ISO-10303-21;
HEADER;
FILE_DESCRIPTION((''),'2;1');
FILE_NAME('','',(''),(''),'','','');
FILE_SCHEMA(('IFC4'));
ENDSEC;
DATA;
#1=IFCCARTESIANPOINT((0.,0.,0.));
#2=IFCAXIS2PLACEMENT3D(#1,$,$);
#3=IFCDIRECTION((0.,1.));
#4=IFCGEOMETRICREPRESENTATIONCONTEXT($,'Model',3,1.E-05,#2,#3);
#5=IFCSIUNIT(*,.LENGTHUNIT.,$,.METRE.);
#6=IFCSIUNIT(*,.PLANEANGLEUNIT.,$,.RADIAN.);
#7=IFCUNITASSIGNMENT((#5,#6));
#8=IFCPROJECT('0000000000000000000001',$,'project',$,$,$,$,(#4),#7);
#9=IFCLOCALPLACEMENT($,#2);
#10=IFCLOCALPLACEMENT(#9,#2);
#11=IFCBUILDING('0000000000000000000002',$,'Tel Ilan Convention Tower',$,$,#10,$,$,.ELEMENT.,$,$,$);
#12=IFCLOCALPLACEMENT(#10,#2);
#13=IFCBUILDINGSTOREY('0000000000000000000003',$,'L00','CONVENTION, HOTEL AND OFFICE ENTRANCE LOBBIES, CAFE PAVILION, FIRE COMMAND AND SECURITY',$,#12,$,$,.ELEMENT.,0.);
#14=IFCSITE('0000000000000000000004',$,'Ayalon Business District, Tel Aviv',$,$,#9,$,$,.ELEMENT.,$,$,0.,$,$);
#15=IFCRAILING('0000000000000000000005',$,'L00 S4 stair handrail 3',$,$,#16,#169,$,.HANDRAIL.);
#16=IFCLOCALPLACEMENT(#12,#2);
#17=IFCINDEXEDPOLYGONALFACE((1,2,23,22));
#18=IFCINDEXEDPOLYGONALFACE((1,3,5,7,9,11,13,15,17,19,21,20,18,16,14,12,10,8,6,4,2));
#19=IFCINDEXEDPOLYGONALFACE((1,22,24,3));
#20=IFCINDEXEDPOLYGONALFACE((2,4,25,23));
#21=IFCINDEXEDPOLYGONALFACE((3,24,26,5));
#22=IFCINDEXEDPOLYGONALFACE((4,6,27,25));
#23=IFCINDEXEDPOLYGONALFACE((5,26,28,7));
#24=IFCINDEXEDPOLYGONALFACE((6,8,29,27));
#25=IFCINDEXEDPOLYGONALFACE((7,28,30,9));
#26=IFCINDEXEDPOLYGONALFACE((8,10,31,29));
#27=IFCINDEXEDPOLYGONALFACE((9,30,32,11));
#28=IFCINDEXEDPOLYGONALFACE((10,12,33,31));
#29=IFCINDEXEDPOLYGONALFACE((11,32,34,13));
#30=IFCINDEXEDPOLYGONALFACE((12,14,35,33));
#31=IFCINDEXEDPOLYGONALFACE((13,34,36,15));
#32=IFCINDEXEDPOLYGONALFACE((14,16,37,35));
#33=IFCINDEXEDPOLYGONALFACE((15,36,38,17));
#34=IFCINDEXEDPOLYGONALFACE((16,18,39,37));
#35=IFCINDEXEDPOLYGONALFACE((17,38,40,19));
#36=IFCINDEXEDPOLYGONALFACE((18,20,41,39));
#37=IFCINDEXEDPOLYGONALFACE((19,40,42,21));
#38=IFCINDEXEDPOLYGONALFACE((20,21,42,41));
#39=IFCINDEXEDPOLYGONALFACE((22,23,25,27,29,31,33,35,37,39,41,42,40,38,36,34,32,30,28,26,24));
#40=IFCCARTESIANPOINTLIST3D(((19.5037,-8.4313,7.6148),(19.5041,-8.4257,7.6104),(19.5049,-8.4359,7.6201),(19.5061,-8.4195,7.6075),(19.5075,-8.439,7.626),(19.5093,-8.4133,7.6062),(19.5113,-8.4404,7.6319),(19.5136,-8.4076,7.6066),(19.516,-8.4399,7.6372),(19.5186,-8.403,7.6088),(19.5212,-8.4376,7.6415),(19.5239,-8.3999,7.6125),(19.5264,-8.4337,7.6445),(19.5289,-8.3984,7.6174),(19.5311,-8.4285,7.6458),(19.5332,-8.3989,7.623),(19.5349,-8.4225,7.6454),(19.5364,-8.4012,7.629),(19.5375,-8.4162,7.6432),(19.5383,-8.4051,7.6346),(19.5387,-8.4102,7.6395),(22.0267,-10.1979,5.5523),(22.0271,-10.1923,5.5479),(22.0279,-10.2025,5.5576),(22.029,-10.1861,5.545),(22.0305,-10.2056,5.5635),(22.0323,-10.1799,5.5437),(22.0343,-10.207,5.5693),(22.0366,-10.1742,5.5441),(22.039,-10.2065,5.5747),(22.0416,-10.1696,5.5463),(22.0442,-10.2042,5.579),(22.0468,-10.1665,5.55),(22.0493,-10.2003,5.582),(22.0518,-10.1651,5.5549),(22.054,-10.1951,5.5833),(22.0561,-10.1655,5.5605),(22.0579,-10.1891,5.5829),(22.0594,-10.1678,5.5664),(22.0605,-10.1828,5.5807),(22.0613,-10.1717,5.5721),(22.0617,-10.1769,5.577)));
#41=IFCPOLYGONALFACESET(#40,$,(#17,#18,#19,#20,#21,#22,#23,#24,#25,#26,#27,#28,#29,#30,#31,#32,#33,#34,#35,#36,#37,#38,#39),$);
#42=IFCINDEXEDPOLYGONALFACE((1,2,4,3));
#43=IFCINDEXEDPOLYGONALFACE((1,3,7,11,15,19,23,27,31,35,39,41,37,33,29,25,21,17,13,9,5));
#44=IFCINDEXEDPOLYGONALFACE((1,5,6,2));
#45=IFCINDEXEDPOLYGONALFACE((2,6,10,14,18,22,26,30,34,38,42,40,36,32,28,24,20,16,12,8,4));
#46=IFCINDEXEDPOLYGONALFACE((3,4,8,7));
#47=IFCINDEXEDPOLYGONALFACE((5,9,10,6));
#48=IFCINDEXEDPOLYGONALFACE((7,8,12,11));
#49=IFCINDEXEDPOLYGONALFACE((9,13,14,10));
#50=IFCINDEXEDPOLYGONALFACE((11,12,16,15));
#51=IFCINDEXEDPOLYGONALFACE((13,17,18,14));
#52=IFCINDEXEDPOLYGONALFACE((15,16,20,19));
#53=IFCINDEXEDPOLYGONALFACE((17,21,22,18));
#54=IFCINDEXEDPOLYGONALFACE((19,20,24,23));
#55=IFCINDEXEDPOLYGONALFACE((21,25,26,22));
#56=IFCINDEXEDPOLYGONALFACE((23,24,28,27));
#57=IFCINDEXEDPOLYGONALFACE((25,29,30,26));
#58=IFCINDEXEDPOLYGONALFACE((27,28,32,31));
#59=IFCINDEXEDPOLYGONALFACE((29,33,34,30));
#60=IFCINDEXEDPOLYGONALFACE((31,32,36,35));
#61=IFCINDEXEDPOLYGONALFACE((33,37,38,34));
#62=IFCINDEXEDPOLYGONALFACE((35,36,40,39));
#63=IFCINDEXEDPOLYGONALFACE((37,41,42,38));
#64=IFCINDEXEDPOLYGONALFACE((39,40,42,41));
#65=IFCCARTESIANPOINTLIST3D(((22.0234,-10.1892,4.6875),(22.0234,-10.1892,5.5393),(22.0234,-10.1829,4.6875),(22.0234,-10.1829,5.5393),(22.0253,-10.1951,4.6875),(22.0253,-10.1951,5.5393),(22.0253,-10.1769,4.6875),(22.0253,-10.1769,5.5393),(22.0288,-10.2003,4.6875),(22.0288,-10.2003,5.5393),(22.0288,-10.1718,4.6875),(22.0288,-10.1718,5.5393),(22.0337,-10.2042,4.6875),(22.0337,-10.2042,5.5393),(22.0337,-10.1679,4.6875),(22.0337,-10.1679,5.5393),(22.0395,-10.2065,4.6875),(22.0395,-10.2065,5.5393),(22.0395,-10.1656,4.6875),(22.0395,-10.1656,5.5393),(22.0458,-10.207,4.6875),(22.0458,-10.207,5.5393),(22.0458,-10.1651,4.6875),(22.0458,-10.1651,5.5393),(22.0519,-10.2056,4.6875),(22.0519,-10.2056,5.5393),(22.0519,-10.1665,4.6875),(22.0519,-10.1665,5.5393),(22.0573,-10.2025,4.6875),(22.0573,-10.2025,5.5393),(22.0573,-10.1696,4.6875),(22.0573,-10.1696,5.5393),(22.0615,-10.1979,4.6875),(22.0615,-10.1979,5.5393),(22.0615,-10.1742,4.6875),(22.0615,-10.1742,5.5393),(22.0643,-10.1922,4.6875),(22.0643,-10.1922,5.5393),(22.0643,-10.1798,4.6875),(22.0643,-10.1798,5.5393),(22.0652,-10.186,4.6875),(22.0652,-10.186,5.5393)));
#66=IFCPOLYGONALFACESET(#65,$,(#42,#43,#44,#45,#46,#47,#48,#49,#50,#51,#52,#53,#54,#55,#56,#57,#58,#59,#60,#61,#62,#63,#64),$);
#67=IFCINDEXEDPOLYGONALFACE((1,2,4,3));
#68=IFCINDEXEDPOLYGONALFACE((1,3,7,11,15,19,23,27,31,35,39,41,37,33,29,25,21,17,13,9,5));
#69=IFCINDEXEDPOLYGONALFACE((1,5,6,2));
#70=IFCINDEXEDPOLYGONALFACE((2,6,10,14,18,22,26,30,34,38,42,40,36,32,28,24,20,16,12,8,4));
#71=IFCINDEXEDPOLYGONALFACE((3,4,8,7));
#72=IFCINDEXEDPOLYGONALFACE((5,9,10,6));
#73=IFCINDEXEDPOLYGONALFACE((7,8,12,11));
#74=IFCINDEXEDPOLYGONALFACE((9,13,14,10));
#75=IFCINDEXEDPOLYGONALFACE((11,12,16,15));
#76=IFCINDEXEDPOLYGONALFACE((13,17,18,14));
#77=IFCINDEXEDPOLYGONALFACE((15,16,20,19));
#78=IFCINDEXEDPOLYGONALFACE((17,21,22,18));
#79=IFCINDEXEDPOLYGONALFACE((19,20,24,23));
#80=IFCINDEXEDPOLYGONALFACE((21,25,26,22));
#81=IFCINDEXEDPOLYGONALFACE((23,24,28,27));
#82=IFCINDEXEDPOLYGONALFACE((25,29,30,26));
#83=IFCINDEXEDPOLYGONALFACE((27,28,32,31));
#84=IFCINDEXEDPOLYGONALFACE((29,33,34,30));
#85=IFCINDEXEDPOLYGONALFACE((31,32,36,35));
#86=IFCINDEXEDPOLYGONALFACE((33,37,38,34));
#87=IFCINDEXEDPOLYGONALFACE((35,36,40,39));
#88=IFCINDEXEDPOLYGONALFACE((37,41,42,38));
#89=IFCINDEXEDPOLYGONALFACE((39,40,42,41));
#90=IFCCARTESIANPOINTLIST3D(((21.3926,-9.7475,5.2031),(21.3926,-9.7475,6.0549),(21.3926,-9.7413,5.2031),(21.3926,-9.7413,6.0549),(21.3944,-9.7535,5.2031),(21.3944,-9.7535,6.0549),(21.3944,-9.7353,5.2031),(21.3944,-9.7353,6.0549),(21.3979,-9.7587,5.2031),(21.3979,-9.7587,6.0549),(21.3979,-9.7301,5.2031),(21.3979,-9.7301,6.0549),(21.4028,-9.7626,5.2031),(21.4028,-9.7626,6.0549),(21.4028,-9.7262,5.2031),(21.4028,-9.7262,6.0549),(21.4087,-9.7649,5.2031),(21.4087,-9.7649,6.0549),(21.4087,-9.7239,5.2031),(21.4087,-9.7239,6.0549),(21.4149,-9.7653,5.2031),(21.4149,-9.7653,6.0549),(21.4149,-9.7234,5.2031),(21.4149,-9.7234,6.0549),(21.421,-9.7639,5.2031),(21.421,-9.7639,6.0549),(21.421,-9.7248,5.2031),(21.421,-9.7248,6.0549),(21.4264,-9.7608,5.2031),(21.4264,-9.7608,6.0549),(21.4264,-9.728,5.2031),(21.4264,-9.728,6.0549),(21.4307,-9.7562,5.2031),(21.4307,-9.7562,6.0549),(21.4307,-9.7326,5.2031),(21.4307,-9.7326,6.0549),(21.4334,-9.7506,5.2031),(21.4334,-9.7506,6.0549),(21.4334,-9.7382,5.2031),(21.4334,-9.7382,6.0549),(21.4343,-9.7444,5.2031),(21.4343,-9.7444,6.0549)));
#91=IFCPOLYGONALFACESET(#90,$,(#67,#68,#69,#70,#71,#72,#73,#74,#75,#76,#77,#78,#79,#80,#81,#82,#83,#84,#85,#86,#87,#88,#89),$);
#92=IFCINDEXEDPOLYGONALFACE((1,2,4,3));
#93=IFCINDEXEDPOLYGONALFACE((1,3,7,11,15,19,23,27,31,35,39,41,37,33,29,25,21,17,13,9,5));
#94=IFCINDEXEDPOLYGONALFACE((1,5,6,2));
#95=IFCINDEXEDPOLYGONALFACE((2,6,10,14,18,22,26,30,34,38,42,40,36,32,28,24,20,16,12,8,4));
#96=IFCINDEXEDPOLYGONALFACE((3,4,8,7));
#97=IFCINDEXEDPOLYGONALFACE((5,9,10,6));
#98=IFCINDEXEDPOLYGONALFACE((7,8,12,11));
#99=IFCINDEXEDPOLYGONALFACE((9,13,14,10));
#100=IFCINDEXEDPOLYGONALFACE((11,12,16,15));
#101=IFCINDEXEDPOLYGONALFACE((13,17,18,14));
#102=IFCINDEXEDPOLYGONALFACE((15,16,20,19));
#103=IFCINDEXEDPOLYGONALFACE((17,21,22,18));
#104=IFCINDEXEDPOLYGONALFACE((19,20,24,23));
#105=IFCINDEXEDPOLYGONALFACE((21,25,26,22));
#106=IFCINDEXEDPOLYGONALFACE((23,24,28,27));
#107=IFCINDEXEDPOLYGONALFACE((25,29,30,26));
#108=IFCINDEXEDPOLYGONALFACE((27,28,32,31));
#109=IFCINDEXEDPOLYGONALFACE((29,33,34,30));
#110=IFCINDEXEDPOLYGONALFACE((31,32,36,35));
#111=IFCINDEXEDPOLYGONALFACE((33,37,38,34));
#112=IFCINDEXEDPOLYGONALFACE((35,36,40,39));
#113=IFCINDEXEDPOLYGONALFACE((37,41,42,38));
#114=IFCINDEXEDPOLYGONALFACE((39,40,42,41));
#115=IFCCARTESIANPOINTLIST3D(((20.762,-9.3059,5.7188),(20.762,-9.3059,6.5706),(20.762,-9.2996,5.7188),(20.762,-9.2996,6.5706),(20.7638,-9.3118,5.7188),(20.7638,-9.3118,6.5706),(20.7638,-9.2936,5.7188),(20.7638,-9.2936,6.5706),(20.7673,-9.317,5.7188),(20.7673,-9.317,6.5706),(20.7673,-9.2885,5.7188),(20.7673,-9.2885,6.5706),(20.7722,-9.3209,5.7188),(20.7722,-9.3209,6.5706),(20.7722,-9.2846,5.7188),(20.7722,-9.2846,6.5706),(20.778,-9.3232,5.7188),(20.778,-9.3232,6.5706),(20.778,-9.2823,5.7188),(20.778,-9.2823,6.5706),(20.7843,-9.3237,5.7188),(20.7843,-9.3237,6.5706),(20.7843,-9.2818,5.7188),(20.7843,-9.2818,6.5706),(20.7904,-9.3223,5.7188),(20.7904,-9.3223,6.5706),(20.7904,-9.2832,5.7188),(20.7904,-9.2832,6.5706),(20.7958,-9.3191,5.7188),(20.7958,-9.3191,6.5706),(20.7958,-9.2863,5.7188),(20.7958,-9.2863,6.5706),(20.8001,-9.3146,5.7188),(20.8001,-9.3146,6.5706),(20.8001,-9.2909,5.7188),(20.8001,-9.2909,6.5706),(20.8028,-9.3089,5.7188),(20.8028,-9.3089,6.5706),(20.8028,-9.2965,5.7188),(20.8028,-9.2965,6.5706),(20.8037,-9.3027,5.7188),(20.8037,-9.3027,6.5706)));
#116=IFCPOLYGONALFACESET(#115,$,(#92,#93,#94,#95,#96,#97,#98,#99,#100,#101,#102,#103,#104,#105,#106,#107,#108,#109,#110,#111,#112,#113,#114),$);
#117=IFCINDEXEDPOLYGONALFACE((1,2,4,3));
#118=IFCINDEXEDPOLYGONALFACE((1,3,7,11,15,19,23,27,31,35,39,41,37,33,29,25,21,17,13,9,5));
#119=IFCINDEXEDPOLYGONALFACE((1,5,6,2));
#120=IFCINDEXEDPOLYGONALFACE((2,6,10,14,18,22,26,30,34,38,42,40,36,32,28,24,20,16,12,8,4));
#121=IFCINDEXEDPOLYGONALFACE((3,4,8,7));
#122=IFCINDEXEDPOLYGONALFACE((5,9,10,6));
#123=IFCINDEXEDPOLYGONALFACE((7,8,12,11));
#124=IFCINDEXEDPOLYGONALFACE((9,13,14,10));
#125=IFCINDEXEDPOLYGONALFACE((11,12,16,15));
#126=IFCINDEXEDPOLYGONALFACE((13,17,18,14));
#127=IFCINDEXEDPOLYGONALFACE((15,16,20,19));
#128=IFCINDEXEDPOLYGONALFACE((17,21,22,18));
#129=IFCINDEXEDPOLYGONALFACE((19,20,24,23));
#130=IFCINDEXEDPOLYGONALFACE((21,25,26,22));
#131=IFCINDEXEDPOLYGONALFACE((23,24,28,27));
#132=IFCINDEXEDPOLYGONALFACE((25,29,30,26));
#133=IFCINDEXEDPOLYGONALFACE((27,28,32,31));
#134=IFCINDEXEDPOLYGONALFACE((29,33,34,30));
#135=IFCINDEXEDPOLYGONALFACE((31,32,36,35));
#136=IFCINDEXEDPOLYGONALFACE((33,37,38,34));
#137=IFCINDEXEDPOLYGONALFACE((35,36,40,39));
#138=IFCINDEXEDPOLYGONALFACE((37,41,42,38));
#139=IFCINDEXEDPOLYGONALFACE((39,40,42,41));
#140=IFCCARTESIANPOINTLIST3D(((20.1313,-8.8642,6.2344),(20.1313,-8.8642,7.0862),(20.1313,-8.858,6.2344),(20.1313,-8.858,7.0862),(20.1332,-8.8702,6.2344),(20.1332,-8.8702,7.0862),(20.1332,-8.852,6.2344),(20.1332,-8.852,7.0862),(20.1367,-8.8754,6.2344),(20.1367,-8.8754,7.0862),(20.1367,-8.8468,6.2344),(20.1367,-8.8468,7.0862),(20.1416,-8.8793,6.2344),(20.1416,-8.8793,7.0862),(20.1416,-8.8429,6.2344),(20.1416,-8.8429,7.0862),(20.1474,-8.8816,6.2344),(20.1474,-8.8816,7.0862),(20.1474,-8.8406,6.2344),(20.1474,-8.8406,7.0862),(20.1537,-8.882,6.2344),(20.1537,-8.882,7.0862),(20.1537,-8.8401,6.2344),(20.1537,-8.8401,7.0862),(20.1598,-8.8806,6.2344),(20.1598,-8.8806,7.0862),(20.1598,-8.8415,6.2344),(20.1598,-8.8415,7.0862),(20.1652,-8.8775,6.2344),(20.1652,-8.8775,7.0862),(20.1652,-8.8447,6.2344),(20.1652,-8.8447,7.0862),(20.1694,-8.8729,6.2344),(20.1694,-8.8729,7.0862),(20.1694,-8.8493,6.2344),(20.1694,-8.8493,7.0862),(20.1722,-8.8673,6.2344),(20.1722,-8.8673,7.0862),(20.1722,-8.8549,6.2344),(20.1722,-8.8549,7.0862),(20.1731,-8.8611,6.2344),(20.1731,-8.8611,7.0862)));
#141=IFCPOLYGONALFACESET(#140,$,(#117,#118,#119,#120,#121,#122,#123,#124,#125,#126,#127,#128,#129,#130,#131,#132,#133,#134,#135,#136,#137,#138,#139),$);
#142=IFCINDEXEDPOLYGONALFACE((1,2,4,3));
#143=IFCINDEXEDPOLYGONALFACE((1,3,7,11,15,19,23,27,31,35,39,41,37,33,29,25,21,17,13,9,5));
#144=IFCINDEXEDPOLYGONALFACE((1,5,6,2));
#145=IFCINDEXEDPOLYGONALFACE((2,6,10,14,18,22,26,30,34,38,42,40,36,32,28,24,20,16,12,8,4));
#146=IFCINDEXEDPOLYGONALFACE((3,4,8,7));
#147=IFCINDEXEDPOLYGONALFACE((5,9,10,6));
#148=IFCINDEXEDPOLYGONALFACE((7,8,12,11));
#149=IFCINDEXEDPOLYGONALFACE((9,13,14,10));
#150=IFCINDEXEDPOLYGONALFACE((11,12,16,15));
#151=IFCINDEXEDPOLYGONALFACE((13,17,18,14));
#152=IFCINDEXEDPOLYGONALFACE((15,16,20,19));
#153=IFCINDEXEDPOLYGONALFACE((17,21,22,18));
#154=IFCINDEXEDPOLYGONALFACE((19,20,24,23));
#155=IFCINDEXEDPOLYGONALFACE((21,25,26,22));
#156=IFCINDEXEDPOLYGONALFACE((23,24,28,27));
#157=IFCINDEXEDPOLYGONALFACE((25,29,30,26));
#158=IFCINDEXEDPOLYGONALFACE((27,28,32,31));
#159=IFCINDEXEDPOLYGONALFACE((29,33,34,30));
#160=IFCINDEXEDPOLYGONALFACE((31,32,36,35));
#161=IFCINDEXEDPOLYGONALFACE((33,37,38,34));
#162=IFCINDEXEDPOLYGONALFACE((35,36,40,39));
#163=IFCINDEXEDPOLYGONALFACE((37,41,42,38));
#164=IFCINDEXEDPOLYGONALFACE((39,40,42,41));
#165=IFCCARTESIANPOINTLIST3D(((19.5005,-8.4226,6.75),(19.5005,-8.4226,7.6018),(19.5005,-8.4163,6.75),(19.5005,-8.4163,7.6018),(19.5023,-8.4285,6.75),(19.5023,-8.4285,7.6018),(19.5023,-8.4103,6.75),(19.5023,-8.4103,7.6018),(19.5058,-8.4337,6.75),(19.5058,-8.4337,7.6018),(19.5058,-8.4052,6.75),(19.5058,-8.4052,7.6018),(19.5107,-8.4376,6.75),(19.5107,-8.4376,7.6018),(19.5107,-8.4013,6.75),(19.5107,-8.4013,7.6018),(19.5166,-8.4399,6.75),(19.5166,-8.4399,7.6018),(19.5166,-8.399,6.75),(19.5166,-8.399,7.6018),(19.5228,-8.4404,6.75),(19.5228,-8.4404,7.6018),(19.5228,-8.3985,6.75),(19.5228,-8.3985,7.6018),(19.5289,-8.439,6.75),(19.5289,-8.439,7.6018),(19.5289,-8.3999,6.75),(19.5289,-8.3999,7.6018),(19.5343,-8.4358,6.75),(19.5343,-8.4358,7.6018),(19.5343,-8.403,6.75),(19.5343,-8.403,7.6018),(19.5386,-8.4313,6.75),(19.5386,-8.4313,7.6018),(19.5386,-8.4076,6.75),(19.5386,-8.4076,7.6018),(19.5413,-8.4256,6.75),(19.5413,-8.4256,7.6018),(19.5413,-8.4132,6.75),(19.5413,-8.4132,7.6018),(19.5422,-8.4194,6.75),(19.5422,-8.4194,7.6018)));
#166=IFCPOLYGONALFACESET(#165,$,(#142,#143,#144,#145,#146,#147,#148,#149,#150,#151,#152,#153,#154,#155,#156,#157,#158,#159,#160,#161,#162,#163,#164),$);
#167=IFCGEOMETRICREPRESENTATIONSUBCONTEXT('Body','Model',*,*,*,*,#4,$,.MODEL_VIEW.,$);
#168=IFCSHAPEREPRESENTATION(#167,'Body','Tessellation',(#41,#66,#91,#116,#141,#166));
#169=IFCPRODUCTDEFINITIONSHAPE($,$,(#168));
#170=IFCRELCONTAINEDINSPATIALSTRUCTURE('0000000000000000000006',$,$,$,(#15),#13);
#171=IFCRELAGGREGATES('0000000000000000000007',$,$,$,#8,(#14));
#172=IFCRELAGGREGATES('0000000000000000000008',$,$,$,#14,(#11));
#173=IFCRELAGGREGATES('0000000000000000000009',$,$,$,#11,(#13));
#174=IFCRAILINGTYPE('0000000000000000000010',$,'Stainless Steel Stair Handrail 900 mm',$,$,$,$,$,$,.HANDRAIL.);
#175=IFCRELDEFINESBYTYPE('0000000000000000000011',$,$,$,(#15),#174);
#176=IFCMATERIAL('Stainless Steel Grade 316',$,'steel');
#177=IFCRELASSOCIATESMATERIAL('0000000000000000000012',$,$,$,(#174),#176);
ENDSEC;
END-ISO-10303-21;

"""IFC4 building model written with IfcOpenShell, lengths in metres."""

from ifc_helpers import new_model, si_unit, direction, frame, origin, origin_2d, place, context, subcontext, project, spatial, circle, extrude, material, type_object, element, save


model = new_model("IFC4")

# Units and contexts
model_context = context("Model", 3, precision=1e-05, world=origin(), true_north=direction((0.0, 1.0)))
body_context = subcontext(model_context, "Body", "Model", "MODEL_VIEW")
ifc_project = project(units=[si_unit("LENGTHUNIT", "METRE"), si_unit("PLANEANGLEUNIT", "RADIAN")], contexts=[model_context])

# Site, building, storey
site_placement = place(None, origin())
site = spatial("IfcSite", under=ifc_project, at=site_placement, Name="Ayalon Business District, Tel Aviv", CompositionType="ELEMENT", RefElevation=0.0)
building_placement = place(site_placement, origin())
building = spatial("IfcBuilding", under=site, at=building_placement, Name="Tel Ilan Convention Tower", CompositionType="ELEMENT")
storey_placement = place(building_placement, origin())
storey = spatial("IfcBuildingStorey", under=building, at=storey_placement, Name="L00", Description="CONVENTION, HOTEL AND OFFICE ENTRANCE LOBBIES, CAFE PAVILION, FIRE COMMAND AND SECURITY", CompositionType="ELEMENT", Elevation=0.0)

# Railing
ifc_material_1 = material(Name="Stainless Steel Grade 316", Category="steel")
railing_type_1 = type_object("IfcRailingType", Name="Stainless Steel Stair Handrail 900 mm", PredefinedType="HANDRAIL", material=ifc_material_1)
for number, where, name in (
    (1, (22.0442, -10.186, 4.6875), "L00 S4 stair handrail 3"),
):
    element("IfcRailing", number, at=place(storey_placement, frame(where)), inside=storey, type_object=railing_type_1, Name=name, PredefinedType="HANDRAIL", context=body_context, shape_type="SweptSolid", body=[
        extrude(circle(Radius=0.0239, at=origin_2d()), frame((0.0, 0.0, 0.876), z_axis=(-0.680635, 0.476589, 0.556416), x_axis=(-0.573579, -0.81915, 0.0)), (0.0, 0.0, 1.0), 3.7068),
        extrude(circle(Radius=0.021, at=origin_2d()), origin(), (0.0, 0.0, 1.0), 0.8518),
        extrude(circle(Radius=0.021, at=origin_2d()), frame((-0.6309, 0.4417, 0.5156)), (0.0, 0.0, 1.0), 0.8518),
        extrude(circle(Radius=0.021, at=origin_2d()), frame((-1.2615, 0.8833, 1.0312)), (0.0, 0.0, 1.0), 0.8518),
        extrude(circle(Radius=0.021, at=origin_2d()), frame((-1.8921, 1.325, 1.5469)), (0.0, 0.0, 1.0), 0.8518),
        extrude(circle(Radius=0.021, at=origin_2d()), frame((-2.5229, 1.7666, 2.0625)), (0.0, 0.0, 1.0), 0.8518),
    ])

save(model, "model.ifc")
